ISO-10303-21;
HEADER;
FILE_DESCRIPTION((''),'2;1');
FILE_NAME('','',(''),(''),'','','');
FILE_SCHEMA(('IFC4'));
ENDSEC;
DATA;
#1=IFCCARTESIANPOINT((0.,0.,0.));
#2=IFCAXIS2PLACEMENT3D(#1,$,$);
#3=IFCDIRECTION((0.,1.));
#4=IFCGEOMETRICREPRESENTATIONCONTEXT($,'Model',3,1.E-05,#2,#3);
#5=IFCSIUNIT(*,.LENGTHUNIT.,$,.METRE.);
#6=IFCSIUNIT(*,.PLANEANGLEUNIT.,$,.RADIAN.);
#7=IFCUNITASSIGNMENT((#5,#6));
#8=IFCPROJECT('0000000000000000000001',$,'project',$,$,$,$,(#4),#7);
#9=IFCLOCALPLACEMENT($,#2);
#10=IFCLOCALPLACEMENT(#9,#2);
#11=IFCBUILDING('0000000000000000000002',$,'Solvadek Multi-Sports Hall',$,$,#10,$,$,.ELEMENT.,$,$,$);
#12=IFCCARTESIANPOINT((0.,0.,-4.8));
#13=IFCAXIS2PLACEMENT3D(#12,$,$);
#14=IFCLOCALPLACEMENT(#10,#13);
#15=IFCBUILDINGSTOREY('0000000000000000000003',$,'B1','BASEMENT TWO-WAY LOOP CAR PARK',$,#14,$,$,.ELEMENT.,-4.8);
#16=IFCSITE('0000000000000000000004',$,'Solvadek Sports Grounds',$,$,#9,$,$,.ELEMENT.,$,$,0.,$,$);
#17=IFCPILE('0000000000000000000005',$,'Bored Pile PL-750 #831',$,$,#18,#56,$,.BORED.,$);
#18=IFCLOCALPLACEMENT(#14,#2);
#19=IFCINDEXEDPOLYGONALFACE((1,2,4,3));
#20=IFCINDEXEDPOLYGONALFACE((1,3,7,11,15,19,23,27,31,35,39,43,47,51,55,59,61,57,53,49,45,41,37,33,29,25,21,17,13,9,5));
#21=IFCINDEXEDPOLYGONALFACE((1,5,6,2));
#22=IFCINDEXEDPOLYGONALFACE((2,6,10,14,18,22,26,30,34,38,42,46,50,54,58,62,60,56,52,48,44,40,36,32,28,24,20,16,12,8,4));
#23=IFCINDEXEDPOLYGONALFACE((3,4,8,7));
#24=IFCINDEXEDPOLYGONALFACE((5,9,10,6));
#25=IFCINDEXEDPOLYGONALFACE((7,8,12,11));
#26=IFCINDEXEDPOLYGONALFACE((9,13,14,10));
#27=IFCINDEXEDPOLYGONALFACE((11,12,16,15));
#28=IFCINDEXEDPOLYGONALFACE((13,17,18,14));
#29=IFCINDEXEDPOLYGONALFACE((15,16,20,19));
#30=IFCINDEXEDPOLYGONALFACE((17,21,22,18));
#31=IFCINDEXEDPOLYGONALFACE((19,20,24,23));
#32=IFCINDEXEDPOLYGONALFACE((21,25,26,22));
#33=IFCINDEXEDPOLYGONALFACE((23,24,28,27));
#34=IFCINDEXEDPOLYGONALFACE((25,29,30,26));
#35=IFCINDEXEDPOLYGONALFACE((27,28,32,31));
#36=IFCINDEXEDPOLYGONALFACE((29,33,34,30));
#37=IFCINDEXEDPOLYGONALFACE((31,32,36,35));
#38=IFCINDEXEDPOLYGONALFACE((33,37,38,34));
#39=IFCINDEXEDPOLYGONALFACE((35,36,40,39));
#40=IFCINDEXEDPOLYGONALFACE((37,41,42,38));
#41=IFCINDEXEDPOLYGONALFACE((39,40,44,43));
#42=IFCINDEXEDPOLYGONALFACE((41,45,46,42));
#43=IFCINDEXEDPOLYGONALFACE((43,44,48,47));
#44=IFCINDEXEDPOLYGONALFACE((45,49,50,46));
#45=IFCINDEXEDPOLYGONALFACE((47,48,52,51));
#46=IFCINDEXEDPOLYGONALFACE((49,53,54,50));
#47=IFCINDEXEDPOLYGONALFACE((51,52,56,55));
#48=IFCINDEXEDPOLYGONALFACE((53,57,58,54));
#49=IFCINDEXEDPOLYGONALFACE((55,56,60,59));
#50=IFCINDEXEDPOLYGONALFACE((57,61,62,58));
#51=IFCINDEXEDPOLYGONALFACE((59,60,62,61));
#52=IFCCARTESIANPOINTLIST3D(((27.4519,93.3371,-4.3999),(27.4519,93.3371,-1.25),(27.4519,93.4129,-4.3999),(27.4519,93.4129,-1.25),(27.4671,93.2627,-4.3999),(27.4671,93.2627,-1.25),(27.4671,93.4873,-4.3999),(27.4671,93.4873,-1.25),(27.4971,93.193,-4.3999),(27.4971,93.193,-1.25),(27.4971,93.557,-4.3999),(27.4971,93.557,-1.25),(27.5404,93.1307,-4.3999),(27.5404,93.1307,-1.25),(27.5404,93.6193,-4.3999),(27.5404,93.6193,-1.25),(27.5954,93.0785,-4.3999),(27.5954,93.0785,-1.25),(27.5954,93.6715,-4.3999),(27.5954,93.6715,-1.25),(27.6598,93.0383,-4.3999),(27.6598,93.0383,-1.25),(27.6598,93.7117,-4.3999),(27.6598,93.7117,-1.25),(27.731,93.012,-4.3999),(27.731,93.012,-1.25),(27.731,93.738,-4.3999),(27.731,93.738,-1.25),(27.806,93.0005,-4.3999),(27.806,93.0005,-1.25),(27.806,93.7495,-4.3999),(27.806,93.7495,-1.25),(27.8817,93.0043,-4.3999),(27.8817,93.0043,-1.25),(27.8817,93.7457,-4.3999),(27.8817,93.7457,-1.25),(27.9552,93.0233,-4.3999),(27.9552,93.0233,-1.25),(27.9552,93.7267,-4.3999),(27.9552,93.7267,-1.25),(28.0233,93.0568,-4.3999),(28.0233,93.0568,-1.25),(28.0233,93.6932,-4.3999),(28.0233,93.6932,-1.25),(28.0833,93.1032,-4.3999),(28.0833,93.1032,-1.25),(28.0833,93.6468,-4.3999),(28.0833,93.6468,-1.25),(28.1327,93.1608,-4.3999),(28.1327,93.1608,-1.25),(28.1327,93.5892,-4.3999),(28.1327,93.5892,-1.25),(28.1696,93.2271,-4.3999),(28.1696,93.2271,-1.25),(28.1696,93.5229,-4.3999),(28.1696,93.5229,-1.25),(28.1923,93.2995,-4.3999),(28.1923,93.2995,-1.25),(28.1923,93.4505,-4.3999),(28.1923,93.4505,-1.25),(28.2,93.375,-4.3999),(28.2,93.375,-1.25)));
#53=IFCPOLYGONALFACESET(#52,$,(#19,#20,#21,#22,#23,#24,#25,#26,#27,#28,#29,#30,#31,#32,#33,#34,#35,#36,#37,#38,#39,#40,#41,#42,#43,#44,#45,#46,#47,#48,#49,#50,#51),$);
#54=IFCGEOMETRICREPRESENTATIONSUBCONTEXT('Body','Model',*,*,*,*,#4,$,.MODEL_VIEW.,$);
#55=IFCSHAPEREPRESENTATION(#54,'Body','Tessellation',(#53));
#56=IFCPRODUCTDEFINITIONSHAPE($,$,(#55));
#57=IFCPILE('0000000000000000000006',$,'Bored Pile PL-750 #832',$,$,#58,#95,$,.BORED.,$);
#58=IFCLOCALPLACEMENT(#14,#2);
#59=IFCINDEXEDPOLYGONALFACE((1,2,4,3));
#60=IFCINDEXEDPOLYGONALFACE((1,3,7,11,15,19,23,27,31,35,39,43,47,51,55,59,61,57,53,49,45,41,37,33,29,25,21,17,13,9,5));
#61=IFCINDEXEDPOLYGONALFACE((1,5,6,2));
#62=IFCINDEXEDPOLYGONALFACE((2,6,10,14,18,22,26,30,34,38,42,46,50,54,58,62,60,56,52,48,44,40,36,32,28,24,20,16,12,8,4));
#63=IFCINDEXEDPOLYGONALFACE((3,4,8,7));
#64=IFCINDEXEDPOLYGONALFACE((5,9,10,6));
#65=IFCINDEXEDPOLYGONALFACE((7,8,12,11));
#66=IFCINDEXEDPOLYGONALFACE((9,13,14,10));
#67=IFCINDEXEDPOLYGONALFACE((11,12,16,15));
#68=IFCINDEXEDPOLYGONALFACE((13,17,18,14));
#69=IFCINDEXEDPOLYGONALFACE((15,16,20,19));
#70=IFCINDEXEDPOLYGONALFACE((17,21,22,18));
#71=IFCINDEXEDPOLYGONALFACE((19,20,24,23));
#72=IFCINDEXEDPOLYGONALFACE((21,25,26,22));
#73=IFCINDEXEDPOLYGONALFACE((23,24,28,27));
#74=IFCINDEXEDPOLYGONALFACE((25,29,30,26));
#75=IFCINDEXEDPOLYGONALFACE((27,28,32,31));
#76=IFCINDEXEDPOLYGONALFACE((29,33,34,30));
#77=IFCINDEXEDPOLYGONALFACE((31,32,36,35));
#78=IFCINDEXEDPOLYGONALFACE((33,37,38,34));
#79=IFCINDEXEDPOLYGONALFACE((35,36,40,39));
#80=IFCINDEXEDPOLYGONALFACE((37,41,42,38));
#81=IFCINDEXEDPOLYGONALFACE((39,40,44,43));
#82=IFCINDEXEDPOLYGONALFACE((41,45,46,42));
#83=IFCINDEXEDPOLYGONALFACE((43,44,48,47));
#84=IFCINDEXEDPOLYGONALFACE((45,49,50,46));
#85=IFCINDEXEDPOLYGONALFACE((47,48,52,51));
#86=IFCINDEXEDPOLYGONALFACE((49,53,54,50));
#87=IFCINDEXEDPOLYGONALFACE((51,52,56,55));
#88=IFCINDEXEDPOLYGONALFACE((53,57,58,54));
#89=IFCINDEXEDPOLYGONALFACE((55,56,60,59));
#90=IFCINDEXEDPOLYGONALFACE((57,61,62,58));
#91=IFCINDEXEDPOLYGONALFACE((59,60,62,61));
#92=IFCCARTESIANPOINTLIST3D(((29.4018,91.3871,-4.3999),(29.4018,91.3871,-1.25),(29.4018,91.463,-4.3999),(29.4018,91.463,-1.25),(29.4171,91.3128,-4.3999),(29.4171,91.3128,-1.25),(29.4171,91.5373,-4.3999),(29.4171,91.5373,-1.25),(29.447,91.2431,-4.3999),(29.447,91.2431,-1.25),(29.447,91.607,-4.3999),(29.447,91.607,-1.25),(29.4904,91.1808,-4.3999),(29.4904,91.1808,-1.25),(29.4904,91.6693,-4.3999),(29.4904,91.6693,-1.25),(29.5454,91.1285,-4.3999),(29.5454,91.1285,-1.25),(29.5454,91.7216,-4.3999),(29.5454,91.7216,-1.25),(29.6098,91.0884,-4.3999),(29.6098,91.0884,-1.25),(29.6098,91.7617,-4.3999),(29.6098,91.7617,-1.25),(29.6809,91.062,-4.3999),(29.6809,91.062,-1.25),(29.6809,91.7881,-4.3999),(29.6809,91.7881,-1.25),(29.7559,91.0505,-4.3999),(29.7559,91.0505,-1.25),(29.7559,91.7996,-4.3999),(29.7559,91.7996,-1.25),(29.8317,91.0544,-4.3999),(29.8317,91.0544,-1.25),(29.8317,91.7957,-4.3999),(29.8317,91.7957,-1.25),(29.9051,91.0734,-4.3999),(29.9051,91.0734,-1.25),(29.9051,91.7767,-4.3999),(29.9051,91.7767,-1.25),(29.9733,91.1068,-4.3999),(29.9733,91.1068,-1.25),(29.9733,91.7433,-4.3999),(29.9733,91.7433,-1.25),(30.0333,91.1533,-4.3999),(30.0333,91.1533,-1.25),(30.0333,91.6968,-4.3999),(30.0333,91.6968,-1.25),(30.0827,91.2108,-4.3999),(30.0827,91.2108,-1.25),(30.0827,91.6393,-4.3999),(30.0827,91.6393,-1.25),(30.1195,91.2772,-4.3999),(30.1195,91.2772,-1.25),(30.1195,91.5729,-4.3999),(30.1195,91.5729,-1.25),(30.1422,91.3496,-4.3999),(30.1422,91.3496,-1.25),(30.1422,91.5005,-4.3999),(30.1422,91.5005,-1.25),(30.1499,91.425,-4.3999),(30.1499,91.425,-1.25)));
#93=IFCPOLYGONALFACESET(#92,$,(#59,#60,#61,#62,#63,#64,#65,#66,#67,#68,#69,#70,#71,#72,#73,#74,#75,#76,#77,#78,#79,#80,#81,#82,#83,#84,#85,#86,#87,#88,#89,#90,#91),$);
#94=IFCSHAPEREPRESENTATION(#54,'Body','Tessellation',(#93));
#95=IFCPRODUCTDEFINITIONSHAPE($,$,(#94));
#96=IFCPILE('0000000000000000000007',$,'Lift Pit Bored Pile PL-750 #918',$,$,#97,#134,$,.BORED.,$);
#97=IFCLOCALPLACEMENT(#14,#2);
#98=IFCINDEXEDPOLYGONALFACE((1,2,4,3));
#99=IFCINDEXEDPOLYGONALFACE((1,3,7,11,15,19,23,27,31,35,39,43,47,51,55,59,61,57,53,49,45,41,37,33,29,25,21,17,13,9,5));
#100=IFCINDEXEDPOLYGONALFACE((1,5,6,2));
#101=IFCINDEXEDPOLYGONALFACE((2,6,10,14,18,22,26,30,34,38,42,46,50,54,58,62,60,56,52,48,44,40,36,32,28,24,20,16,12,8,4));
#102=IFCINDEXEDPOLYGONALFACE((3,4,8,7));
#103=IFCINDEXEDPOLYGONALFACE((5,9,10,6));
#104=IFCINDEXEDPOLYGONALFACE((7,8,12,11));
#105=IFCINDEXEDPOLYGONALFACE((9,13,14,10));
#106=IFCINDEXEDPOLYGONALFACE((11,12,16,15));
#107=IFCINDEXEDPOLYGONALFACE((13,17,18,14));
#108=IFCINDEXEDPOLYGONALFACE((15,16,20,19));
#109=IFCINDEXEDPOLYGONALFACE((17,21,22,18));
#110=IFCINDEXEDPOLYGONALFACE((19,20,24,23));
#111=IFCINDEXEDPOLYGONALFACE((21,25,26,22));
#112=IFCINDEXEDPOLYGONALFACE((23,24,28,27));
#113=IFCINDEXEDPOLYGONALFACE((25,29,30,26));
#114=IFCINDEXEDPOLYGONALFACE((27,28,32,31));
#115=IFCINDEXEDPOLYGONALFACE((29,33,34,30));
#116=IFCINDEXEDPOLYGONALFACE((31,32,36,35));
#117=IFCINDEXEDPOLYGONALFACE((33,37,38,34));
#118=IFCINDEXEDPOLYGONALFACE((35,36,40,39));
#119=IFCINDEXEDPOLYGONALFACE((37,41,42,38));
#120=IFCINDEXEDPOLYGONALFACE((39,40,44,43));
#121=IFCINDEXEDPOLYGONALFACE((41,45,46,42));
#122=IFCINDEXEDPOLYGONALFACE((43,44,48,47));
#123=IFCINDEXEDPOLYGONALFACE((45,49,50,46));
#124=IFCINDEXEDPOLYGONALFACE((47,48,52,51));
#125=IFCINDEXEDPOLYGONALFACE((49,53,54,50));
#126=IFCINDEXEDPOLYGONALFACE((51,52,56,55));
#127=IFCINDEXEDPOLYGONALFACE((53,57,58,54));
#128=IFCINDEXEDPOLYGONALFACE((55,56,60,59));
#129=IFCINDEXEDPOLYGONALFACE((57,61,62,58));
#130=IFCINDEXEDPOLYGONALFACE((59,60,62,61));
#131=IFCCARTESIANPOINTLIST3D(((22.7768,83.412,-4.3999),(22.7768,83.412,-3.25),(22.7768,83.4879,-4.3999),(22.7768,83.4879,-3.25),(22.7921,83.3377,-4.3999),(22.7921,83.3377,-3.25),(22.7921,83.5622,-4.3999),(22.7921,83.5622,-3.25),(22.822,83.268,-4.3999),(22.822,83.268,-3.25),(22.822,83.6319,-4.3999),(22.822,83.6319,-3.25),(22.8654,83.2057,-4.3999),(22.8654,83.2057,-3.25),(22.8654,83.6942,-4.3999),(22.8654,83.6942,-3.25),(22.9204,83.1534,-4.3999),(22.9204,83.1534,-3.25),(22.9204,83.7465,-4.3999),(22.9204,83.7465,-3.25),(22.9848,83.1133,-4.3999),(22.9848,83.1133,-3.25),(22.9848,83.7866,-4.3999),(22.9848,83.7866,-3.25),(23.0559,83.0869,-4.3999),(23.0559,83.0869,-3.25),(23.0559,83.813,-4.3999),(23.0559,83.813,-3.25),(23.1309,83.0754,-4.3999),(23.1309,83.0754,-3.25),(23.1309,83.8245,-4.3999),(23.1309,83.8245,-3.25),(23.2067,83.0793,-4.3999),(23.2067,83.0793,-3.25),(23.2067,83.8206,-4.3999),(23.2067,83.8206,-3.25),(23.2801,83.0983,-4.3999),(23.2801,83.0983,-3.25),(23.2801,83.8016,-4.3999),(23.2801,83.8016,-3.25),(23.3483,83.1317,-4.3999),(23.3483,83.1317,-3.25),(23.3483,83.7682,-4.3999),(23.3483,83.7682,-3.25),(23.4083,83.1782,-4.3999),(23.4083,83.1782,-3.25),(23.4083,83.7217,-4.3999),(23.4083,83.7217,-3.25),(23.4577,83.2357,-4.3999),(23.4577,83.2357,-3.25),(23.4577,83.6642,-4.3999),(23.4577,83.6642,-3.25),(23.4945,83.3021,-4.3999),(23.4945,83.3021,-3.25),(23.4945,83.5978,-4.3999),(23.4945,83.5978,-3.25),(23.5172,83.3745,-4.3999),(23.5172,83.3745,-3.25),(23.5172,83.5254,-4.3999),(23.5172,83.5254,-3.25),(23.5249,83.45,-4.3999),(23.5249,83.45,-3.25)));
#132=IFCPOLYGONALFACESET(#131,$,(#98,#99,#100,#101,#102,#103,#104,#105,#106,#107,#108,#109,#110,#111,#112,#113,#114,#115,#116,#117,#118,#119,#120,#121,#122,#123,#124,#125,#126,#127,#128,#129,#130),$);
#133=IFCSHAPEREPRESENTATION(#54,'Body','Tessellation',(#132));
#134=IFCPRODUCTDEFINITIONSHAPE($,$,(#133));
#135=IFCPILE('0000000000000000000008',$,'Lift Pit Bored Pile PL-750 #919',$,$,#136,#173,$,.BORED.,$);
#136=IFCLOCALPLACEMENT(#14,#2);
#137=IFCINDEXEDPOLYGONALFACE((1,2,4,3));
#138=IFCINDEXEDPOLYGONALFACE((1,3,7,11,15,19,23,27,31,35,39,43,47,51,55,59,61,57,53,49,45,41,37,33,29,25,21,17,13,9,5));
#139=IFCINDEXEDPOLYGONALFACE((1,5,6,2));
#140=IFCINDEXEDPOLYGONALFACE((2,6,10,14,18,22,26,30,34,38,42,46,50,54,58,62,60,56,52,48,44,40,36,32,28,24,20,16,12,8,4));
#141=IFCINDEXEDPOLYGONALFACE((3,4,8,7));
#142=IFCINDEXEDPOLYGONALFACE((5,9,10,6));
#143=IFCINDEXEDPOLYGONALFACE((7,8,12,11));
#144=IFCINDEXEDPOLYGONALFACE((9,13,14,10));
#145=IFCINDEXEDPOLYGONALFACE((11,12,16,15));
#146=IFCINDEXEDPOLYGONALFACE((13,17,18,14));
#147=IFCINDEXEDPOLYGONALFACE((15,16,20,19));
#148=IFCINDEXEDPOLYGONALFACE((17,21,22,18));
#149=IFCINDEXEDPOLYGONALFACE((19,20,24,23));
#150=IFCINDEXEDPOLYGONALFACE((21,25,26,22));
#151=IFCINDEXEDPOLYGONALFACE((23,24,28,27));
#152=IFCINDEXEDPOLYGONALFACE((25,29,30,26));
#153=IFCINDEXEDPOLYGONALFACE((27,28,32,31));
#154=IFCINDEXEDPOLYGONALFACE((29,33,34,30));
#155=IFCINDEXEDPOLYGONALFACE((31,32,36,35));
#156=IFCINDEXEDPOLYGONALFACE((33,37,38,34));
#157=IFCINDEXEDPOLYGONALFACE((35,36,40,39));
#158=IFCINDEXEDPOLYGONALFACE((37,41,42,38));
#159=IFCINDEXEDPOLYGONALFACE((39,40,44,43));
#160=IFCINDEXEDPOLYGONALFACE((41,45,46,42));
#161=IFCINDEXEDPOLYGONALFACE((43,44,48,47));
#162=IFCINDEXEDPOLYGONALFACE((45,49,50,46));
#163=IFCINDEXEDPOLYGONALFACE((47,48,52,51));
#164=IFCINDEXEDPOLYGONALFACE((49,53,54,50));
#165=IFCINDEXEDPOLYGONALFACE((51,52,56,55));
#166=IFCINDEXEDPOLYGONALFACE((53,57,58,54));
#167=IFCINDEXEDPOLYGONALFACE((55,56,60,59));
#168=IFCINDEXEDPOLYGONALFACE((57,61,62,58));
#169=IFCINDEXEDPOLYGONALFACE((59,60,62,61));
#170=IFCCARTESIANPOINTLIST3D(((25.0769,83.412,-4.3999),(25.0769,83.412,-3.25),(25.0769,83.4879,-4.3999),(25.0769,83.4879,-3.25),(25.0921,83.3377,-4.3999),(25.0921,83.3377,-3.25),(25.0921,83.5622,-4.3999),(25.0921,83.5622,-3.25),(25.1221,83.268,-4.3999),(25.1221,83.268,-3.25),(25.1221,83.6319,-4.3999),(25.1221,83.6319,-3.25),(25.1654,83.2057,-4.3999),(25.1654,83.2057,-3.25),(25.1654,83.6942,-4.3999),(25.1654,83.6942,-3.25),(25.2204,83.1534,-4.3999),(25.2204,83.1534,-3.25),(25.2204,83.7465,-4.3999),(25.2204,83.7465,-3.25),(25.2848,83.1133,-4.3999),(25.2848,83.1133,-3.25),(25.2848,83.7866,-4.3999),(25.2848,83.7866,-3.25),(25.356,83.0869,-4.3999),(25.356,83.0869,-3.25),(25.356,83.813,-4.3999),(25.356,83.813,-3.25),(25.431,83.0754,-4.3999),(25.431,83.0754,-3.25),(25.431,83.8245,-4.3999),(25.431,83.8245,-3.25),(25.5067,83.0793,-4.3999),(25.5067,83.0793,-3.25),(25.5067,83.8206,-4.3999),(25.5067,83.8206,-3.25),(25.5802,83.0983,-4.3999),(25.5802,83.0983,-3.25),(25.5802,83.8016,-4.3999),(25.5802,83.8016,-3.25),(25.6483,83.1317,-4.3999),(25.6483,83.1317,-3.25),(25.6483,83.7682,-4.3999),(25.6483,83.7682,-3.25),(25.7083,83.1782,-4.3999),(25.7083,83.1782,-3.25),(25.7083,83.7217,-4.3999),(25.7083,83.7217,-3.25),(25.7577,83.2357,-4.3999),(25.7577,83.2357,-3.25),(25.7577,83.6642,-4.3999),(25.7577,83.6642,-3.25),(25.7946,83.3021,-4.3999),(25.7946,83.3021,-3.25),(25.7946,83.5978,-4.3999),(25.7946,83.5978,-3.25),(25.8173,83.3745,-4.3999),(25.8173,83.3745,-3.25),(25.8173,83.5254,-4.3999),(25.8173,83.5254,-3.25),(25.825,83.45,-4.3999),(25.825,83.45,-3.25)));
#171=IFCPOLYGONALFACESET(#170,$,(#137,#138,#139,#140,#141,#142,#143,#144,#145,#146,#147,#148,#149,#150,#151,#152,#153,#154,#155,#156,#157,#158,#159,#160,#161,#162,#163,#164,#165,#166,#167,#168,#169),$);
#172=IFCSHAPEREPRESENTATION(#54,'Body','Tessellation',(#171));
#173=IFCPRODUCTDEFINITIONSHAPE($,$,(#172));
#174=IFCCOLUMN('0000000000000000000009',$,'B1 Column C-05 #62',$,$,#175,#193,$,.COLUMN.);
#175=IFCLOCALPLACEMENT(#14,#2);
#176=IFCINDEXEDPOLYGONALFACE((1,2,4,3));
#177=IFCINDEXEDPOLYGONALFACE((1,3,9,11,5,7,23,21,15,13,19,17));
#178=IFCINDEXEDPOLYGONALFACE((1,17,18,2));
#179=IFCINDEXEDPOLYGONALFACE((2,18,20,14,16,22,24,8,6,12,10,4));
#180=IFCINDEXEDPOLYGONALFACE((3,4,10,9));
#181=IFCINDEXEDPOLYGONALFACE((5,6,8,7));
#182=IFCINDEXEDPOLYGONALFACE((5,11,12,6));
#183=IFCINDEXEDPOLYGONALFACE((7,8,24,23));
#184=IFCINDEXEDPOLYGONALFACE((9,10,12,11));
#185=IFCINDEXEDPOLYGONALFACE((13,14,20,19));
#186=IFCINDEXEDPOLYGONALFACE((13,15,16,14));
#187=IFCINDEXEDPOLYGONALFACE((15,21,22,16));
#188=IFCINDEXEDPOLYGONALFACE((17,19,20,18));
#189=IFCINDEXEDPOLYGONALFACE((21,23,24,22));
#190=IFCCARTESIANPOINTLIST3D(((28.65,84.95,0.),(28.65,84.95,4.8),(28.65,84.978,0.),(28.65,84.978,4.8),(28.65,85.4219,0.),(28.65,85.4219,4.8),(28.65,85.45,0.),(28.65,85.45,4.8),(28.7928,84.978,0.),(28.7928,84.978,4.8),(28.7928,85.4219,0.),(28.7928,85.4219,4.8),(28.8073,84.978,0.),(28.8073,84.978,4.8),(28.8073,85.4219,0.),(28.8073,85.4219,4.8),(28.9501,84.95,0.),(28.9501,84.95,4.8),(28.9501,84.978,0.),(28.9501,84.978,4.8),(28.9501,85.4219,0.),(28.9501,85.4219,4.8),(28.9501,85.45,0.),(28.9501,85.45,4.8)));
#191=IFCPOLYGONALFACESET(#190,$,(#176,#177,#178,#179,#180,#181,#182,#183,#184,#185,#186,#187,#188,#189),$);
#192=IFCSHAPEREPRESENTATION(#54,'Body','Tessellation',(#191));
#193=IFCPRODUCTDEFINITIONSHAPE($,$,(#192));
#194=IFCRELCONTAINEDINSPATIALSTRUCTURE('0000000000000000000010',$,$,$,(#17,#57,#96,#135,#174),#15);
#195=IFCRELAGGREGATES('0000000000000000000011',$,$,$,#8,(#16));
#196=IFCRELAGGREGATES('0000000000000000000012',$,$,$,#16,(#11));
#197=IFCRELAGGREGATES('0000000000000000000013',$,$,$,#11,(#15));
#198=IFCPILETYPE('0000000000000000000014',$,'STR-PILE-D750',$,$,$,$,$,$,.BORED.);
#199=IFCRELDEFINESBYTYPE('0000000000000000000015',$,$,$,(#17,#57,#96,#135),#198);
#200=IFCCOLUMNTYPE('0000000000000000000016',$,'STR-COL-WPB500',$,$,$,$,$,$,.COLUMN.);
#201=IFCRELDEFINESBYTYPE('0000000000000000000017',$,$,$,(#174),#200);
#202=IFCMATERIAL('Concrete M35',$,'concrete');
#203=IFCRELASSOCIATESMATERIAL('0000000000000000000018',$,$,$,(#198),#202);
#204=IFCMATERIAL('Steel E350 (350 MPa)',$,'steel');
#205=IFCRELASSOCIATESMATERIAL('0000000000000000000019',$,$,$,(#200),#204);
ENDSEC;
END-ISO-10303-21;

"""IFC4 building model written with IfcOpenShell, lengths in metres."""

from ifc_helpers import new_model, si_unit, direction, frame, origin, origin_2d, place, context, subcontext, project, spatial, circle, i_section, extrude, material, material_profile, profile_set, type_object, element, save


model = new_model("IFC4")

# Units and contexts
model_context = context("Model", 3, precision=1e-05, world=origin(), true_north=direction((0.0, 1.0)))
body_context = subcontext(model_context, "Body", "Model", "MODEL_VIEW")
ifc_project = project(units=[si_unit("LENGTHUNIT", "METRE"), si_unit("PLANEANGLEUNIT", "RADIAN")], contexts=[model_context])

# Site, building, storey
site_placement = place(None, origin())
site = spatial("IfcSite", under=ifc_project, at=site_placement, Name="Solvadek Sports Grounds", CompositionType="ELEMENT", RefElevation=0.0)
building_placement = place(site_placement, origin())
building = spatial("IfcBuilding", under=site, at=building_placement, Name="Solvadek Multi-Sports Hall", CompositionType="ELEMENT")
storey_placement = place(building_placement, frame((0.0, 0.0, -4.8)))
storey = spatial("IfcBuildingStorey", under=building, at=storey_placement, Name="B1", Description="BASEMENT TWO-WAY LOOP CAR PARK", CompositionType="ELEMENT", Elevation=-4.8)

# Piles
ifc_material_1 = material(Name="Concrete M35", Category="concrete")
ifc_material_profile_1 = material_profile(ifc_material_1, circle(Radius=0.375, at=origin_2d()), Name="BORED PILE D750")
ifc_profile_set_1 = profile_set([ifc_material_profile_1], Name="Concrete M35")
pile_type = type_object("IfcPileType", Name="STR-PILE-D750", PredefinedType="BORED", material=ifc_profile_set_1)
for number, where, z_axis, x_axis, name in (
    (1, (27.825, 93.375, -1.25), (0.0, 0.0, -1.0), (1.0, 0.0, 0.0), "Bored Pile PL-750 #831"),
    (2, (29.7749, 91.425, -1.25), (0.0, 0.0, -1.0), (1.0, 0.0, 0.0), "Bored Pile PL-750 #832"),
):
    element("IfcPile", number, at=place(storey_placement, frame(where, z_axis=z_axis, x_axis=x_axis)), inside=storey, type_object=pile_type, Name=name, PredefinedType="BORED", context=body_context, shape_type="SweptSolid", body=[
        extrude(circle(Radius=0.375, at=origin_2d()), origin(), (0.0, 0.0, 1.0), 3.1499),
    ])
for number, where, z_axis, x_axis, name in (
    (3, (23.1499, 83.45, -3.25), (0.0, 0.0, -1.0), (1.0, 0.0, 0.0), "Lift Pit Bored Pile PL-750 #918"),
    (4, (25.45, 83.45, -3.25), (0.0, 0.0, -1.0), (1.0, 0.0, 0.0), "Lift Pit Bored Pile PL-750 #919"),
):
    element("IfcPile", number, at=place(storey_placement, frame(where, z_axis=z_axis, x_axis=x_axis)), inside=storey, type_object=pile_type, Name=name, PredefinedType="BORED", context=body_context, shape_type="SweptSolid", body=[
        extrude(circle(Radius=0.375, at=origin_2d()), origin(), (0.0, 0.0, 1.0), 1.1499),
    ])

# Column
ifc_material_2 = material(Name="Steel E350 (350 MPa)", Category="steel")
ifc_material_profile_2 = material_profile(ifc_material_2, i_section(OverallWidth=0.3, OverallDepth=0.5, WebThickness=0.0144, FlangeThickness=0.0281, at=origin_2d()), Name="WPB 500")
ifc_profile_set_2 = profile_set([ifc_material_profile_2], Name="Steel E350 (350 MPa)")
column_type = type_object("IfcColumnType", Name="STR-COL-WPB500", PredefinedType="COLUMN", material=ifc_profile_set_2)
for number, where, z_axis, x_axis, name in (
    (5, (28.8, 85.2, 0.0), (0.0, 0.0, 1.0), (1.0, 0.0, 0.0), "B1 Column C-05 #62"),
):
    element("IfcColumn", number, at=place(storey_placement, frame(where, z_axis=z_axis, x_axis=x_axis)), inside=storey, type_object=column_type, Name=name, PredefinedType="COLUMN", context=body_context, shape_type="SweptSolid", body=[
        extrude(i_section(OverallWidth=0.3, OverallDepth=0.5, WebThickness=0.0144, FlangeThickness=0.0281, at=origin_2d()), origin(), (0.0, 0.0, 1.0), 4.8),
    ])

save(model, "model.ifc")
